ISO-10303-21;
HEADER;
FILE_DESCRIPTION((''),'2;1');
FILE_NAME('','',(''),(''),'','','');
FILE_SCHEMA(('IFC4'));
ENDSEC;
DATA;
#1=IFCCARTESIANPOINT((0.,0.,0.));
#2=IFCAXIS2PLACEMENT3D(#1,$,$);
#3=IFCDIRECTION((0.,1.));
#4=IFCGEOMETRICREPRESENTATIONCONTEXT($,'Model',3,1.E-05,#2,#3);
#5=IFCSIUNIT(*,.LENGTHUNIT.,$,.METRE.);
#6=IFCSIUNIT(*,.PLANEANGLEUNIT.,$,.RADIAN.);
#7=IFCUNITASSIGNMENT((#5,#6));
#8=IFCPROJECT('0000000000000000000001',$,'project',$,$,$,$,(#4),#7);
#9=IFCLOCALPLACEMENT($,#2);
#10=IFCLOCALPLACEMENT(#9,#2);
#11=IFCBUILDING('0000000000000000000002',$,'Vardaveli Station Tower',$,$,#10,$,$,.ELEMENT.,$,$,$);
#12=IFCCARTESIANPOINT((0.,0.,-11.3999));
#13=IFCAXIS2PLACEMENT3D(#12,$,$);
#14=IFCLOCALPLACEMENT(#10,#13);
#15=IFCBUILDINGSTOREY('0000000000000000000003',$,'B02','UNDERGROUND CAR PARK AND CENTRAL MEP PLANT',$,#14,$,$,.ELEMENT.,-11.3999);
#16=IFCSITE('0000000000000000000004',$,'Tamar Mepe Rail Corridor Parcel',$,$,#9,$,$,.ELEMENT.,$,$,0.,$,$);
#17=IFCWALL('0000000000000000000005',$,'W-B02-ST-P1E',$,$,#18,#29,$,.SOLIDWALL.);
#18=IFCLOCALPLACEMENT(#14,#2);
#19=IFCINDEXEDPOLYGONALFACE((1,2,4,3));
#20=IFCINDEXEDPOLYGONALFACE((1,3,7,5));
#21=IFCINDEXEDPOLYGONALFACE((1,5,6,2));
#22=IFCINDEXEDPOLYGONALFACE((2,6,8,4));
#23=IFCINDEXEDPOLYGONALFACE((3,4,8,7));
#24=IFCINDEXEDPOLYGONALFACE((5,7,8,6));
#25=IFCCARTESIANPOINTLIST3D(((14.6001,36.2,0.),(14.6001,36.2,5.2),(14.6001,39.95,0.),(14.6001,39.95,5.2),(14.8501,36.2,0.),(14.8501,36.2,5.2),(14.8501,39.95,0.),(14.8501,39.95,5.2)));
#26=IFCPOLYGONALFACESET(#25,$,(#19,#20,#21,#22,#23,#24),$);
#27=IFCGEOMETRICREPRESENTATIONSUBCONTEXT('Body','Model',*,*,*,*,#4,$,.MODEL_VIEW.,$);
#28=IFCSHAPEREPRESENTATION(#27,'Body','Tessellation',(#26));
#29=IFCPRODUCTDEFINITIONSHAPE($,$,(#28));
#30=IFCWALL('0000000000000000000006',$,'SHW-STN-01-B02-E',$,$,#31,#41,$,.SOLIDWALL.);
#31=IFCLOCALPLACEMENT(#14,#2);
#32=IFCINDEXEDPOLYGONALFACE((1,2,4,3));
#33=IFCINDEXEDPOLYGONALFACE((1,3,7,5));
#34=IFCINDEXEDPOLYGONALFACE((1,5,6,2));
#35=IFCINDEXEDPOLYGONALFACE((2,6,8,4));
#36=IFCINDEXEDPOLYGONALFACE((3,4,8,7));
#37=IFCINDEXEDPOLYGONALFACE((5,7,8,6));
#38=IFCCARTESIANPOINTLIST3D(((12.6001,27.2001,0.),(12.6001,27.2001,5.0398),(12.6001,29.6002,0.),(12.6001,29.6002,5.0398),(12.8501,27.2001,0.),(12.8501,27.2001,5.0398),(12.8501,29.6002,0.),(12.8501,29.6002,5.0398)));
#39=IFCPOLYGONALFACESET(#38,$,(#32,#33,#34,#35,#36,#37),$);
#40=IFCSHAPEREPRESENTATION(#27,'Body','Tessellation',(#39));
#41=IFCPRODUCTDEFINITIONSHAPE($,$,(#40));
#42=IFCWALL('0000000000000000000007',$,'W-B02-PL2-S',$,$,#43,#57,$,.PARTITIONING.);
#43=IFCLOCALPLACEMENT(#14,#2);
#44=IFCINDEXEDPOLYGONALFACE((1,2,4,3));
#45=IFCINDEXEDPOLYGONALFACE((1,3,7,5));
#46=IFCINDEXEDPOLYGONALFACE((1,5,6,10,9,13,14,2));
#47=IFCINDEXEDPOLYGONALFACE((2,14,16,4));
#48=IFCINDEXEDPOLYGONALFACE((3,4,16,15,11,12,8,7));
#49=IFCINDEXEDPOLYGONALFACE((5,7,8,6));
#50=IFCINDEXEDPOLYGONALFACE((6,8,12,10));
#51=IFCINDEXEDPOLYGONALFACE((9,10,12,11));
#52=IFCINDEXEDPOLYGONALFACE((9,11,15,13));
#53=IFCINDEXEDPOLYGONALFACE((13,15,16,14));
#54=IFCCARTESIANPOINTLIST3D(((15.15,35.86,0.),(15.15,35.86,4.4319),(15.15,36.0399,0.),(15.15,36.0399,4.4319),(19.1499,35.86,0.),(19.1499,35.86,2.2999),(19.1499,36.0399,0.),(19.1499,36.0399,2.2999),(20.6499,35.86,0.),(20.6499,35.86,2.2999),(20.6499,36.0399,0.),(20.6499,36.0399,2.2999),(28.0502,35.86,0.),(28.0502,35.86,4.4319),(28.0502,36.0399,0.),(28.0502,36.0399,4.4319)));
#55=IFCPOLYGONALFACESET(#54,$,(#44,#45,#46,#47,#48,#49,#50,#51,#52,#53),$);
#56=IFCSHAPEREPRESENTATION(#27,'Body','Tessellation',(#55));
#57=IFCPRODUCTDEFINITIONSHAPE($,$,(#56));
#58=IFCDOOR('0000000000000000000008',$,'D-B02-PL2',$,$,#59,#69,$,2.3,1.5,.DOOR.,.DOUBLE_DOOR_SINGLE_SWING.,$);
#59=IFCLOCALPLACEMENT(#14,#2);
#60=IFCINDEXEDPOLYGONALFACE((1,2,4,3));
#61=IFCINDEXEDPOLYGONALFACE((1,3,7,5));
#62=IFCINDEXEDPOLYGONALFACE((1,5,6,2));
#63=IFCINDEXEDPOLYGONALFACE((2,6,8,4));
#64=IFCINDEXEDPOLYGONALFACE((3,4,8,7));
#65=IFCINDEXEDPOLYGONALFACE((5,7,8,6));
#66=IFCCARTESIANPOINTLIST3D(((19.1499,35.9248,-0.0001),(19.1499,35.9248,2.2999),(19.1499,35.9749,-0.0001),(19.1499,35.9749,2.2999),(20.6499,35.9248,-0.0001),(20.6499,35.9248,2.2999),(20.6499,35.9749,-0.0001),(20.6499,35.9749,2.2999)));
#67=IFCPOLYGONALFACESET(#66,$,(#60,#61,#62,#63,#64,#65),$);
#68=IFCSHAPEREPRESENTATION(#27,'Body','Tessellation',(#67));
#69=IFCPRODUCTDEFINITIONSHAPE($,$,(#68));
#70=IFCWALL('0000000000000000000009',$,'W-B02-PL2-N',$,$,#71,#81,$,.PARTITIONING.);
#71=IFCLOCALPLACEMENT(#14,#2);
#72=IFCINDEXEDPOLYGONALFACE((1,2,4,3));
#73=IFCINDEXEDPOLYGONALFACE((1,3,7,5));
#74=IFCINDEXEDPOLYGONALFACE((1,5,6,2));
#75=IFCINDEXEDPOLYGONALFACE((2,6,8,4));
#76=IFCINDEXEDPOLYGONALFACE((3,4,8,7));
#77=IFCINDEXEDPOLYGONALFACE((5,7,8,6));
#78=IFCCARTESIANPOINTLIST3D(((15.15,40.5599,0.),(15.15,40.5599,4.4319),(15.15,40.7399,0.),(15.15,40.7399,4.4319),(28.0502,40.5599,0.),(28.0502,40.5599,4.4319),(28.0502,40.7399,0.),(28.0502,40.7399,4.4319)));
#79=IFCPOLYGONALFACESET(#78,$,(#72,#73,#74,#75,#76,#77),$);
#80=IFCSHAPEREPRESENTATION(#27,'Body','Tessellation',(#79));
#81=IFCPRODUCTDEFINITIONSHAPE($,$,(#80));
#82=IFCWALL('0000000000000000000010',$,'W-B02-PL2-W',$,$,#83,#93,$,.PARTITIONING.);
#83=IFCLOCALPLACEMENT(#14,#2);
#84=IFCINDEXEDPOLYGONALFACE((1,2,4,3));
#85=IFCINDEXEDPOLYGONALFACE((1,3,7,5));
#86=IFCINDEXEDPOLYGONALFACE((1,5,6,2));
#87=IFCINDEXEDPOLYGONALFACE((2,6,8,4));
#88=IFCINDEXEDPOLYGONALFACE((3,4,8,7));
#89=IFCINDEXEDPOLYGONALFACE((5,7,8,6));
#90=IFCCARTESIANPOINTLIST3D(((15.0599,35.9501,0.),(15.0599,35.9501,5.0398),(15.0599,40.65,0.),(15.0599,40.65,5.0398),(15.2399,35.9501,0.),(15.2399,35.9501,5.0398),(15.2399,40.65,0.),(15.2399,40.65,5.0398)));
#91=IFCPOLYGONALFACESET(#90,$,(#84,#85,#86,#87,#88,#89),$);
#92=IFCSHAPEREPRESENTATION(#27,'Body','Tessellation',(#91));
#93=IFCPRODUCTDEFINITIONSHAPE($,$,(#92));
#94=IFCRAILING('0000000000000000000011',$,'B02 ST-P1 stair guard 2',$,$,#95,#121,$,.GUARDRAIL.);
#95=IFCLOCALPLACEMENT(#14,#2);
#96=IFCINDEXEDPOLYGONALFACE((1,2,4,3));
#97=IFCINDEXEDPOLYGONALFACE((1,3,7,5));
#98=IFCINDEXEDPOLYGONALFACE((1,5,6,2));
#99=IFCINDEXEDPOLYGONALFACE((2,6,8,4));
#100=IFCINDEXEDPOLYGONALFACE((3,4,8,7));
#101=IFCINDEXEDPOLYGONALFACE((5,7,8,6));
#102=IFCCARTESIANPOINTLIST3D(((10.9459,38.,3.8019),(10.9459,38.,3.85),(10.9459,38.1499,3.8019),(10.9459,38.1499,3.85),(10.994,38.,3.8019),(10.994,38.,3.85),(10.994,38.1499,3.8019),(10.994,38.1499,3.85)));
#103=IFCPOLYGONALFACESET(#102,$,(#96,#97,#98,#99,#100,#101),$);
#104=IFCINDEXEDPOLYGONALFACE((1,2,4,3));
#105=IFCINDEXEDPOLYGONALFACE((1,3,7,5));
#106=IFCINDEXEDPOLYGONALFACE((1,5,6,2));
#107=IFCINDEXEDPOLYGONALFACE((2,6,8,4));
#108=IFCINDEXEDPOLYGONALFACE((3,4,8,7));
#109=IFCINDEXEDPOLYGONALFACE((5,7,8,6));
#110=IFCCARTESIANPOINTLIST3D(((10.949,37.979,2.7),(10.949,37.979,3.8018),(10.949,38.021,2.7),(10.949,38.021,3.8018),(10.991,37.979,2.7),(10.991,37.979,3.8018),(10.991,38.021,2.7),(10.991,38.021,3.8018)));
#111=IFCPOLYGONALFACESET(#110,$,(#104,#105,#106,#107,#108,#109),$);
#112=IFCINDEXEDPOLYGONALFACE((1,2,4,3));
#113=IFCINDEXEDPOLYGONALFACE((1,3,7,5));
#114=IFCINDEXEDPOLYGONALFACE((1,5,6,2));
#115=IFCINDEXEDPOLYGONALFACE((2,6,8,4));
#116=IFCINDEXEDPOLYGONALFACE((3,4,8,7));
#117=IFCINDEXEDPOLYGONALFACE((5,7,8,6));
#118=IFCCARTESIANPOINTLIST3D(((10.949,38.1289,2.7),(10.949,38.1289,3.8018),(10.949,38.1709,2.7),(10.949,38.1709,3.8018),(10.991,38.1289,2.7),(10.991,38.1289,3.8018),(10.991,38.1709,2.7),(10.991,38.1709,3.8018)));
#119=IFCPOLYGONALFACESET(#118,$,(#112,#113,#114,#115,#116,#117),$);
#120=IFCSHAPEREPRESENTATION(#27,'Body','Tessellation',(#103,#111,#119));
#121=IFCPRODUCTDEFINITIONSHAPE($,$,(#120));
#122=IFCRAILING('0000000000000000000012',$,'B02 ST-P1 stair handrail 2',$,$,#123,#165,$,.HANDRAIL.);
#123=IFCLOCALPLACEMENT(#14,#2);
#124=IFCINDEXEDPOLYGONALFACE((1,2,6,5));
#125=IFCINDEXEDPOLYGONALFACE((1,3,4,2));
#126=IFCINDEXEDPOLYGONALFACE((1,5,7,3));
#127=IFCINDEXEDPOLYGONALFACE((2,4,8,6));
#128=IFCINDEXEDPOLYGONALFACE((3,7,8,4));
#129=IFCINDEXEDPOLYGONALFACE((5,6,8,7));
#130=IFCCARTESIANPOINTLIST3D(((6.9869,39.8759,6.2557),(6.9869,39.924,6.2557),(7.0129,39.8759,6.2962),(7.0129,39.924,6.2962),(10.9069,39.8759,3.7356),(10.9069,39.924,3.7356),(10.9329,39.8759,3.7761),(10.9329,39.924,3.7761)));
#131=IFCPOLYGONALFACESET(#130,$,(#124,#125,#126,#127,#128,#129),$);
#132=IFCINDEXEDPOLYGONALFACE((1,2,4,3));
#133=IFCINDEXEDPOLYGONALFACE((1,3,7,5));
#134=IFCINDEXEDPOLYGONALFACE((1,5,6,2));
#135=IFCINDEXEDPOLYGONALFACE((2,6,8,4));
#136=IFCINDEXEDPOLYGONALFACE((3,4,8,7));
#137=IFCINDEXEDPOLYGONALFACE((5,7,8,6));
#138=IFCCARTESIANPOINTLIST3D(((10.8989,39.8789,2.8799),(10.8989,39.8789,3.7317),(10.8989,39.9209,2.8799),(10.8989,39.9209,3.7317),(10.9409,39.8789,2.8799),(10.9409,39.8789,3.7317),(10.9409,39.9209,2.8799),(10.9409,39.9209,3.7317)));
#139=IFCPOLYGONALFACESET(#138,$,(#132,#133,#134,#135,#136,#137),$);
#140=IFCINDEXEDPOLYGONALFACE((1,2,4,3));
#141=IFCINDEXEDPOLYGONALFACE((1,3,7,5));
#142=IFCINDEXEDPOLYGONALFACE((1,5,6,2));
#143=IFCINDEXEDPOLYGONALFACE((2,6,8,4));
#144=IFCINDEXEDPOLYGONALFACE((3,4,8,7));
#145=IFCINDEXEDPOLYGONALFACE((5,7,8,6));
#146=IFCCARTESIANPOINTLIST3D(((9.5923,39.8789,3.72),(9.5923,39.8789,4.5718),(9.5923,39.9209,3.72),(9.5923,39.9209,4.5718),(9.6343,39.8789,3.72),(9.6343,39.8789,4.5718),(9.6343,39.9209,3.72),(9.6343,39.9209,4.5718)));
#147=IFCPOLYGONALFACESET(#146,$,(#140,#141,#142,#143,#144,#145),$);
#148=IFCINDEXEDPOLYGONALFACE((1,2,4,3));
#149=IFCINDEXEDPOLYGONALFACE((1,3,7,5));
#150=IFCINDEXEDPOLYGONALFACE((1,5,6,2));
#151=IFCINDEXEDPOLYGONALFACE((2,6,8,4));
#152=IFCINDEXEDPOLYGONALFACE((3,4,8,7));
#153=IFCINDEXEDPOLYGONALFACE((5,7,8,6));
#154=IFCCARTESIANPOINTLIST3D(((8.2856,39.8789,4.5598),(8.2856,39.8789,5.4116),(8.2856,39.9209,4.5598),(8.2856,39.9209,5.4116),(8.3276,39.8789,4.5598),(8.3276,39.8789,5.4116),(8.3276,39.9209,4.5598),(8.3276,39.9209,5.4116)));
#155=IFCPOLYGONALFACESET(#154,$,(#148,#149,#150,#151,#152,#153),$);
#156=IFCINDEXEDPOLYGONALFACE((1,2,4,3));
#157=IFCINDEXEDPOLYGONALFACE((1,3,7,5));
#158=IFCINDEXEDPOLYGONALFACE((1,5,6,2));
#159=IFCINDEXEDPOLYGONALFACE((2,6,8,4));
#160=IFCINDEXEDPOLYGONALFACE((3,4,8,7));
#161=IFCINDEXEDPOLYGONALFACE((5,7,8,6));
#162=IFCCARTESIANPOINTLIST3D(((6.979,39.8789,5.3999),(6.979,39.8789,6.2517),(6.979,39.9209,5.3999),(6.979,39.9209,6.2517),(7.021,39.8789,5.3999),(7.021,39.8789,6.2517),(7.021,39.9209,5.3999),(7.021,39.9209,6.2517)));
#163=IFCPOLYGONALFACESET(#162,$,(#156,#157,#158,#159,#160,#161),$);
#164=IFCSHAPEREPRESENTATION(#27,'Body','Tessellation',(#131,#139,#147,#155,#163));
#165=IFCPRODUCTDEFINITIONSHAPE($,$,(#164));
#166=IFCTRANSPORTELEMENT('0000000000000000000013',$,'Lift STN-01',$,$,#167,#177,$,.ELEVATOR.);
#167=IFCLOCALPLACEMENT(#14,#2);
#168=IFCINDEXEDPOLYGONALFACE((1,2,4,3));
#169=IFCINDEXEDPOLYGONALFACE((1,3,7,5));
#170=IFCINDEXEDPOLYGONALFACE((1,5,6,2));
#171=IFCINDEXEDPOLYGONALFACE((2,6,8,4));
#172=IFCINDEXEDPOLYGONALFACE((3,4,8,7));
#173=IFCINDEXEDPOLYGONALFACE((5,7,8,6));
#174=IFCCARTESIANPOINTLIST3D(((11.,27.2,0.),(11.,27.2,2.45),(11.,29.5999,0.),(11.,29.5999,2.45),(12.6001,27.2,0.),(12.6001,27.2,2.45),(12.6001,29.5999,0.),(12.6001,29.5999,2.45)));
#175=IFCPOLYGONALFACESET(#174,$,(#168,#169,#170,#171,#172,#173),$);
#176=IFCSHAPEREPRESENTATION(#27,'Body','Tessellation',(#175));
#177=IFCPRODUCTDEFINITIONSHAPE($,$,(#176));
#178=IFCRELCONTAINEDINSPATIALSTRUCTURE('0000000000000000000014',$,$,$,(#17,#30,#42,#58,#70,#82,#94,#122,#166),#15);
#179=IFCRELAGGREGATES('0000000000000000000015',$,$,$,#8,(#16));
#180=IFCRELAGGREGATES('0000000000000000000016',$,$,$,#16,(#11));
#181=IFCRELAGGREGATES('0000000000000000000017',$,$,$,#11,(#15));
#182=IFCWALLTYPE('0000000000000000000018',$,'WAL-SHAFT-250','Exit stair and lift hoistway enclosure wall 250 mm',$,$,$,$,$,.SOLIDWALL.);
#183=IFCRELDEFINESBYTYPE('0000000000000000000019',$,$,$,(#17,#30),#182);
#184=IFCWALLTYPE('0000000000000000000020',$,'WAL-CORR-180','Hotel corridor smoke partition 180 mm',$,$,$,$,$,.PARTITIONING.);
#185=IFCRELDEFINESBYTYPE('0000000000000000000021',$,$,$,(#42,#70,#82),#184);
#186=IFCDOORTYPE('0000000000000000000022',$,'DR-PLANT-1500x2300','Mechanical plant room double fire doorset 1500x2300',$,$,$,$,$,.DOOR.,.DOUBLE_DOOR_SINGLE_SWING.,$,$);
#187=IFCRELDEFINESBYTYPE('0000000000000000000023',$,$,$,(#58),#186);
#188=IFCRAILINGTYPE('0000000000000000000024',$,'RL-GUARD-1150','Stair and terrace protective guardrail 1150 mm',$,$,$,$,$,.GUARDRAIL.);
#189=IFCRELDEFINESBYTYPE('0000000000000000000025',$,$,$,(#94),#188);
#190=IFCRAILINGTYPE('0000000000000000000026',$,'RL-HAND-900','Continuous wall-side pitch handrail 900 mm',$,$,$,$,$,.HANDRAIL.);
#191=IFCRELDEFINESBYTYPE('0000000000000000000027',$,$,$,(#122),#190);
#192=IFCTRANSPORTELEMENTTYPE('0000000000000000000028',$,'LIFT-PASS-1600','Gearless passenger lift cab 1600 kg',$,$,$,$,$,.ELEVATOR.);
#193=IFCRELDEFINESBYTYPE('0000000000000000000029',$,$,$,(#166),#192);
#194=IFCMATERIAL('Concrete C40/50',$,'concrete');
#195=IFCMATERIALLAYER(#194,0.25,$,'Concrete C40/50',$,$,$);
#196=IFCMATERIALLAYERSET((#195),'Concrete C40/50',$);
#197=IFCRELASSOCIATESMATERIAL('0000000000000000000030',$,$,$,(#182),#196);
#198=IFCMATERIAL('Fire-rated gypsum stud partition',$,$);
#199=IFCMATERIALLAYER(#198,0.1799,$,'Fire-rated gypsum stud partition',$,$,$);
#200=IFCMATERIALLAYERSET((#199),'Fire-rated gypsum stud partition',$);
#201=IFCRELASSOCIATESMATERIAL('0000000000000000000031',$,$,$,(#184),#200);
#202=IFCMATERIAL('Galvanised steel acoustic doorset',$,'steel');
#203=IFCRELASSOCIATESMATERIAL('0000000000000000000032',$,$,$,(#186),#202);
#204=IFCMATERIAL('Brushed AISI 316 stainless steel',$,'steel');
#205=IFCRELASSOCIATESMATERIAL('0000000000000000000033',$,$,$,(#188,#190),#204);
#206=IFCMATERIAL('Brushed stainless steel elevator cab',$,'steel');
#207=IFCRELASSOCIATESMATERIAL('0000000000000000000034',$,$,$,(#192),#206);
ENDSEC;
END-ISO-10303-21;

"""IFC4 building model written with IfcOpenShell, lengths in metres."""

from ifc_helpers import new_model, si_unit, direction, frame, frame_2d, origin, origin_2d, place, context, subcontext, project, spatial, rectangle, extrude, source, transform, mapped, material, layer, layer_set, type_object, element, fill, save


model = new_model("IFC4")

# Units and contexts
model_context = context("Model", 3, precision=1e-05, world=origin(), true_north=direction((0.0, 1.0)))
body_context = subcontext(model_context, "Body", "Model", "MODEL_VIEW")
ifc_project = project(units=[si_unit("LENGTHUNIT", "METRE"), si_unit("PLANEANGLEUNIT", "RADIAN")], contexts=[model_context])

# Site, building, storey
site_placement = place(None, origin())
site = spatial("IfcSite", under=ifc_project, at=site_placement, Name="Tamar Mepe Rail Corridor Parcel", CompositionType="ELEMENT", RefElevation=0.0)
building_placement = place(site_placement, origin())
building = spatial("IfcBuilding", under=site, at=building_placement, Name="Vardaveli Station Tower", CompositionType="ELEMENT")
storey_placement = place(building_placement, frame((0.0, 0.0, -11.3999)))
storey = spatial("IfcBuildingStorey", under=building, at=storey_placement, Name="B02", Description="UNDERGROUND CAR PARK AND CENTRAL MEP PLANT", CompositionType="ELEMENT", Elevation=-11.3999)

# Shared definitions
ifc_material_1 = material(Name="Concrete C40/50", Category="concrete")

# Walls
ifc_layer_1 = layer(ifc_material_1, 0.25, Name="Concrete C40/50")
ifc_layer_set_1 = layer_set([ifc_layer_1], Name="Concrete C40/50")
wall_type_1 = type_object("IfcWallType", Name="WAL-SHAFT-250", Description="Exit stair and lift hoistway enclosure wall 250 mm", PredefinedType="SOLIDWALL", material=ifc_layer_set_1)
shared_shape_1 = source(origin(), body_context, "Body", "SweptSolid", [
    extrude(rectangle(XDim=3.75, YDim=0.25, at=frame_2d((1.875, 0.0))), origin(), (0.0, 0.0, 1.0), 5.2),
])
wall_1_placement = place(storey_placement, frame((14.7251, 36.2, 0.0), z_axis=(0.0, 0.0, 1.0), x_axis=(0.0, 1.0, 0.0)))
element("IfcWall", 1, at=wall_1_placement, inside=storey, type_object=wall_type_1, Name="W-B02-ST-P1E", PredefinedType="SOLIDWALL", context=body_context, shape_type="MappedRepresentation", body=[
    mapped(shared_shape_1, transform((0.0, 0.0, 0.0), scale=1.0)),
])
shared_shape_2 = source(origin(), body_context, "Body", "SweptSolid", [
    extrude(rectangle(XDim=2.4001, YDim=0.25, at=frame_2d((1.2002, 0.0))), origin(), (0.0, 0.0, 1.0), 5.0398),
])
wall_2_placement = place(storey_placement, frame((12.7251, 27.2, 0.0), z_axis=(0.0, 0.0, 1.0), x_axis=(0.0, 1.0, 0.0)))
element("IfcWall", 2, at=wall_2_placement, inside=storey, type_object=wall_type_1, Name="SHW-STN-01-B02-E", PredefinedType="SOLIDWALL", context=body_context, shape_type="MappedRepresentation", body=[
    mapped(shared_shape_2, transform((0.0, 0.0, 0.0), scale=1.0)),
])

# Wall, opening, door
ifc_material_2 = material(Name="Fire-rated gypsum stud partition")
ifc_layer_2 = layer(ifc_material_2, 0.1799, Name="Fire-rated gypsum stud partition")
ifc_layer_set_2 = layer_set([ifc_layer_2], Name="Fire-rated gypsum stud partition")
wall_type_2 = type_object("IfcWallType", Name="WAL-CORR-180", Description="Hotel corridor smoke partition 180 mm", PredefinedType="PARTITIONING", material=ifc_layer_set_2)
shared_shape_3 = source(origin(), body_context, "Body", "SweptSolid", [
    extrude(rectangle(XDim=12.9001, YDim=0.1799, at=frame_2d((6.4502, 0.0))), origin(), (0.0, 0.0, 1.0), 4.4319),
])
wall_3_placement = place(storey_placement, frame((15.1499, 35.95, 0.0), z_axis=(0.0, 0.0, 1.0), x_axis=(1.0, 0.0, 0.0)))
wall_3 = element("IfcWall", 3, at=wall_3_placement, inside=storey, type_object=wall_type_2, Name="W-B02-PL2-S", PredefinedType="PARTITIONING", context=body_context, shape_type="MappedRepresentation", body=[
    mapped(shared_shape_3, transform((0.0, 0.0, 0.0), scale=1.0)),
])
shared_shape_4 = source(origin(), body_context, "Body", "SweptSolid", [
    extrude(rectangle(XDim=1.5, YDim=2.3, at=frame_2d((0.75, 1.1499))), frame((0.0, 0.1001, 0.0), z_axis=(0.0, -1.0, 0.0), x_axis=(1.0, 0.0, 0.0)), (0.0, 0.0, 1.0), 0.2),
])
opening_placement = place(wall_3_placement, frame((4.0, 0.0, 0.0)))
opening = element("IfcOpeningElement", 4, at=opening_placement, cuts=wall_3, PredefinedType="OPENING", context=body_context, shape_type="MappedRepresentation", body=[
    mapped(shared_shape_4, transform((0.0, 0.0, 0.0), scale=1.0)),
])
ifc_material_3 = material(Name="Galvanised steel acoustic doorset", Category="steel")
door_type = type_object("IfcDoorType", Name="DR-PLANT-1500x2300", Description="Mechanical plant room double fire doorset 1500x2300", OperationType="DOUBLE_DOOR_SINGLE_SWING", PredefinedType="DOOR", material=ifc_material_3)
shared_shape_5 = source(origin(), body_context, "Body", "SweptSolid", [
    extrude(rectangle(XDim=1.5, YDim=2.3, at=frame_2d((0.75, 1.1499))), frame((0.0, 0.0249, 0.0), z_axis=(0.0, -1.0, 0.0), x_axis=(1.0, 0.0, 0.0)), (0.0, 0.0, 1.0), 0.05),
])
door_placement = place(opening_placement, origin())
door = element("IfcDoor", 5, at=door_placement, inside=storey, type_object=door_type, Name="D-B02-PL2", OperationType="DOUBLE_DOOR_SINGLE_SWING", OverallHeight=2.3, OverallWidth=1.5, PredefinedType="DOOR", context=body_context, shape_type="MappedRepresentation", body=[
    mapped(shared_shape_5, transform((0.0, 0.0, 0.0), scale=1.0)),
])
fill(opening, door)

# Walls
wall_4_placement = place(storey_placement, frame((15.1499, 40.6499, 0.0), z_axis=(0.0, 0.0, 1.0), x_axis=(1.0, 0.0, 0.0)))
element("IfcWall", 6, at=wall_4_placement, inside=storey, type_object=wall_type_2, Name="W-B02-PL2-N", PredefinedType="PARTITIONING", context=body_context, shape_type="MappedRepresentation", body=[
    mapped(shared_shape_3, transform((0.0, 0.0, 0.0), scale=1.0)),
])
shared_shape_6 = source(origin(), body_context, "Body", "SweptSolid", [
    extrude(rectangle(XDim=4.7, YDim=0.1799, at=frame_2d((2.3501, 0.0))), origin(), (0.0, 0.0, 1.0), 5.0398),
])
wall_5_placement = place(storey_placement, frame((15.1499, 35.95, 0.0), z_axis=(0.0, 0.0, 1.0), x_axis=(0.0, 1.0, 0.0)))
element("IfcWall", 7, at=wall_5_placement, inside=storey, type_object=wall_type_2, Name="W-B02-PL2-W", PredefinedType="PARTITIONING", context=body_context, shape_type="MappedRepresentation", body=[
    mapped(shared_shape_6, transform((0.0, 0.0, 0.0), scale=1.0)),
])

# Railings
ifc_material_4 = material(Name="Brushed AISI 316 stainless steel", Category="steel")
railing_type_1 = type_object("IfcRailingType", Name="RL-GUARD-1150", Description="Stair and terrace protective guardrail 1150 mm", PredefinedType="GUARDRAIL", material=ifc_material_4)
shared_shape_7 = source(origin(), body_context, "Body", "SweptSolid", [
    extrude(rectangle(XDim=0.0481, YDim=0.0481, at=origin_2d()), frame((0.0, 0.0, 1.126), z_axis=(0.0, 1.0, 0.0), x_axis=(-1.0, 0.0, 0.0)), (0.0, 0.0, 1.0), 0.1499),
    extrude(rectangle(XDim=0.042, YDim=0.042, at=origin_2d()), origin(), (0.0, 0.0, 1.0), 1.1018),
    extrude(rectangle(XDim=0.042, YDim=0.042, at=origin_2d()), frame((0.0, 0.1499, 0.0)), (0.0, 0.0, 1.0), 1.1018),
])
railing_1_placement = place(storey_placement, frame((10.97, 38.0, 2.7)))
element("IfcRailing", 8, at=railing_1_placement, inside=storey, type_object=railing_type_1, Name="B02 ST-P1 stair guard 2", PredefinedType="GUARDRAIL", context=body_context, shape_type="MappedRepresentation", body=[
    mapped(shared_shape_7, transform((0.0, 0.0, 0.0), scale=1.0)),
])
railing_type_2 = type_object("IfcRailingType", Name="RL-HAND-900", Description="Continuous wall-side pitch handrail 900 mm", PredefinedType="HANDRAIL", material=ifc_material_4)
shared_shape_8 = source(origin(), body_context, "Body", "SweptSolid", [
    extrude(rectangle(XDim=0.0481, YDim=0.0481, at=origin_2d()), frame((0.0, 0.0, 0.876), z_axis=(-0.841172, 0.0, 0.540768), x_axis=(0.0, -1.0, 0.0)), (0.0, 0.0, 1.0), 4.6602),
    extrude(rectangle(XDim=0.042, YDim=0.042, at=origin_2d()), origin(), (0.0, 0.0, 1.0), 0.8518),
    extrude(rectangle(XDim=0.042, YDim=0.042, at=origin_2d()), frame((-1.3066, 0.0, 0.8401)), (0.0, 0.0, 1.0), 0.8518),
    extrude(rectangle(XDim=0.042, YDim=0.042, at=origin_2d()), frame((-2.6133, 0.0, 1.6799)), (0.0, 0.0, 1.0), 0.8518),
    extrude(rectangle(XDim=0.042, YDim=0.042, at=origin_2d()), frame((-3.9199, 0.0, 2.52)), (0.0, 0.0, 1.0), 0.8518),
])
railing_2_placement = place(storey_placement, frame((10.9199, 39.8999, 2.8799)))
element("IfcRailing", 9, at=railing_2_placement, inside=storey, type_object=railing_type_2, Name="B02 ST-P1 stair handrail 2", PredefinedType="HANDRAIL", context=body_context, shape_type="MappedRepresentation", body=[
    mapped(shared_shape_8, transform((0.0, 0.0, 0.0), scale=1.0)),
])

# Transport element
ifc_material_5 = material(Name="Brushed stainless steel elevator cab", Category="steel")
transport_element_type = type_object("IfcTransportElementType", Name="LIFT-PASS-1600", Description="Gearless passenger lift cab 1600 kg", PredefinedType="ELEVATOR", material=ifc_material_5)
shared_shape_9 = source(origin(), body_context, "Body", "SweptSolid", [
    extrude(rectangle(XDim=1.6001, YDim=2.3999, at=origin_2d()), origin(), (0.0, 0.0, 1.0), 2.45),
])
transport_element_placement = place(storey_placement, frame((11.8, 28.3999, 0.0), z_axis=(0.0, 0.0, 1.0), x_axis=(1.0, 0.0, 0.0)))
element("IfcTransportElement", 10, at=transport_element_placement, inside=storey, type_object=transport_element_type, Name="Lift STN-01", PredefinedType="ELEVATOR", context=body_context, shape_type="MappedRepresentation", body=[
    mapped(shared_shape_9, transform((0.0, 0.0, 0.0), scale=1.0)),
])

save(model, "model.ifc")
